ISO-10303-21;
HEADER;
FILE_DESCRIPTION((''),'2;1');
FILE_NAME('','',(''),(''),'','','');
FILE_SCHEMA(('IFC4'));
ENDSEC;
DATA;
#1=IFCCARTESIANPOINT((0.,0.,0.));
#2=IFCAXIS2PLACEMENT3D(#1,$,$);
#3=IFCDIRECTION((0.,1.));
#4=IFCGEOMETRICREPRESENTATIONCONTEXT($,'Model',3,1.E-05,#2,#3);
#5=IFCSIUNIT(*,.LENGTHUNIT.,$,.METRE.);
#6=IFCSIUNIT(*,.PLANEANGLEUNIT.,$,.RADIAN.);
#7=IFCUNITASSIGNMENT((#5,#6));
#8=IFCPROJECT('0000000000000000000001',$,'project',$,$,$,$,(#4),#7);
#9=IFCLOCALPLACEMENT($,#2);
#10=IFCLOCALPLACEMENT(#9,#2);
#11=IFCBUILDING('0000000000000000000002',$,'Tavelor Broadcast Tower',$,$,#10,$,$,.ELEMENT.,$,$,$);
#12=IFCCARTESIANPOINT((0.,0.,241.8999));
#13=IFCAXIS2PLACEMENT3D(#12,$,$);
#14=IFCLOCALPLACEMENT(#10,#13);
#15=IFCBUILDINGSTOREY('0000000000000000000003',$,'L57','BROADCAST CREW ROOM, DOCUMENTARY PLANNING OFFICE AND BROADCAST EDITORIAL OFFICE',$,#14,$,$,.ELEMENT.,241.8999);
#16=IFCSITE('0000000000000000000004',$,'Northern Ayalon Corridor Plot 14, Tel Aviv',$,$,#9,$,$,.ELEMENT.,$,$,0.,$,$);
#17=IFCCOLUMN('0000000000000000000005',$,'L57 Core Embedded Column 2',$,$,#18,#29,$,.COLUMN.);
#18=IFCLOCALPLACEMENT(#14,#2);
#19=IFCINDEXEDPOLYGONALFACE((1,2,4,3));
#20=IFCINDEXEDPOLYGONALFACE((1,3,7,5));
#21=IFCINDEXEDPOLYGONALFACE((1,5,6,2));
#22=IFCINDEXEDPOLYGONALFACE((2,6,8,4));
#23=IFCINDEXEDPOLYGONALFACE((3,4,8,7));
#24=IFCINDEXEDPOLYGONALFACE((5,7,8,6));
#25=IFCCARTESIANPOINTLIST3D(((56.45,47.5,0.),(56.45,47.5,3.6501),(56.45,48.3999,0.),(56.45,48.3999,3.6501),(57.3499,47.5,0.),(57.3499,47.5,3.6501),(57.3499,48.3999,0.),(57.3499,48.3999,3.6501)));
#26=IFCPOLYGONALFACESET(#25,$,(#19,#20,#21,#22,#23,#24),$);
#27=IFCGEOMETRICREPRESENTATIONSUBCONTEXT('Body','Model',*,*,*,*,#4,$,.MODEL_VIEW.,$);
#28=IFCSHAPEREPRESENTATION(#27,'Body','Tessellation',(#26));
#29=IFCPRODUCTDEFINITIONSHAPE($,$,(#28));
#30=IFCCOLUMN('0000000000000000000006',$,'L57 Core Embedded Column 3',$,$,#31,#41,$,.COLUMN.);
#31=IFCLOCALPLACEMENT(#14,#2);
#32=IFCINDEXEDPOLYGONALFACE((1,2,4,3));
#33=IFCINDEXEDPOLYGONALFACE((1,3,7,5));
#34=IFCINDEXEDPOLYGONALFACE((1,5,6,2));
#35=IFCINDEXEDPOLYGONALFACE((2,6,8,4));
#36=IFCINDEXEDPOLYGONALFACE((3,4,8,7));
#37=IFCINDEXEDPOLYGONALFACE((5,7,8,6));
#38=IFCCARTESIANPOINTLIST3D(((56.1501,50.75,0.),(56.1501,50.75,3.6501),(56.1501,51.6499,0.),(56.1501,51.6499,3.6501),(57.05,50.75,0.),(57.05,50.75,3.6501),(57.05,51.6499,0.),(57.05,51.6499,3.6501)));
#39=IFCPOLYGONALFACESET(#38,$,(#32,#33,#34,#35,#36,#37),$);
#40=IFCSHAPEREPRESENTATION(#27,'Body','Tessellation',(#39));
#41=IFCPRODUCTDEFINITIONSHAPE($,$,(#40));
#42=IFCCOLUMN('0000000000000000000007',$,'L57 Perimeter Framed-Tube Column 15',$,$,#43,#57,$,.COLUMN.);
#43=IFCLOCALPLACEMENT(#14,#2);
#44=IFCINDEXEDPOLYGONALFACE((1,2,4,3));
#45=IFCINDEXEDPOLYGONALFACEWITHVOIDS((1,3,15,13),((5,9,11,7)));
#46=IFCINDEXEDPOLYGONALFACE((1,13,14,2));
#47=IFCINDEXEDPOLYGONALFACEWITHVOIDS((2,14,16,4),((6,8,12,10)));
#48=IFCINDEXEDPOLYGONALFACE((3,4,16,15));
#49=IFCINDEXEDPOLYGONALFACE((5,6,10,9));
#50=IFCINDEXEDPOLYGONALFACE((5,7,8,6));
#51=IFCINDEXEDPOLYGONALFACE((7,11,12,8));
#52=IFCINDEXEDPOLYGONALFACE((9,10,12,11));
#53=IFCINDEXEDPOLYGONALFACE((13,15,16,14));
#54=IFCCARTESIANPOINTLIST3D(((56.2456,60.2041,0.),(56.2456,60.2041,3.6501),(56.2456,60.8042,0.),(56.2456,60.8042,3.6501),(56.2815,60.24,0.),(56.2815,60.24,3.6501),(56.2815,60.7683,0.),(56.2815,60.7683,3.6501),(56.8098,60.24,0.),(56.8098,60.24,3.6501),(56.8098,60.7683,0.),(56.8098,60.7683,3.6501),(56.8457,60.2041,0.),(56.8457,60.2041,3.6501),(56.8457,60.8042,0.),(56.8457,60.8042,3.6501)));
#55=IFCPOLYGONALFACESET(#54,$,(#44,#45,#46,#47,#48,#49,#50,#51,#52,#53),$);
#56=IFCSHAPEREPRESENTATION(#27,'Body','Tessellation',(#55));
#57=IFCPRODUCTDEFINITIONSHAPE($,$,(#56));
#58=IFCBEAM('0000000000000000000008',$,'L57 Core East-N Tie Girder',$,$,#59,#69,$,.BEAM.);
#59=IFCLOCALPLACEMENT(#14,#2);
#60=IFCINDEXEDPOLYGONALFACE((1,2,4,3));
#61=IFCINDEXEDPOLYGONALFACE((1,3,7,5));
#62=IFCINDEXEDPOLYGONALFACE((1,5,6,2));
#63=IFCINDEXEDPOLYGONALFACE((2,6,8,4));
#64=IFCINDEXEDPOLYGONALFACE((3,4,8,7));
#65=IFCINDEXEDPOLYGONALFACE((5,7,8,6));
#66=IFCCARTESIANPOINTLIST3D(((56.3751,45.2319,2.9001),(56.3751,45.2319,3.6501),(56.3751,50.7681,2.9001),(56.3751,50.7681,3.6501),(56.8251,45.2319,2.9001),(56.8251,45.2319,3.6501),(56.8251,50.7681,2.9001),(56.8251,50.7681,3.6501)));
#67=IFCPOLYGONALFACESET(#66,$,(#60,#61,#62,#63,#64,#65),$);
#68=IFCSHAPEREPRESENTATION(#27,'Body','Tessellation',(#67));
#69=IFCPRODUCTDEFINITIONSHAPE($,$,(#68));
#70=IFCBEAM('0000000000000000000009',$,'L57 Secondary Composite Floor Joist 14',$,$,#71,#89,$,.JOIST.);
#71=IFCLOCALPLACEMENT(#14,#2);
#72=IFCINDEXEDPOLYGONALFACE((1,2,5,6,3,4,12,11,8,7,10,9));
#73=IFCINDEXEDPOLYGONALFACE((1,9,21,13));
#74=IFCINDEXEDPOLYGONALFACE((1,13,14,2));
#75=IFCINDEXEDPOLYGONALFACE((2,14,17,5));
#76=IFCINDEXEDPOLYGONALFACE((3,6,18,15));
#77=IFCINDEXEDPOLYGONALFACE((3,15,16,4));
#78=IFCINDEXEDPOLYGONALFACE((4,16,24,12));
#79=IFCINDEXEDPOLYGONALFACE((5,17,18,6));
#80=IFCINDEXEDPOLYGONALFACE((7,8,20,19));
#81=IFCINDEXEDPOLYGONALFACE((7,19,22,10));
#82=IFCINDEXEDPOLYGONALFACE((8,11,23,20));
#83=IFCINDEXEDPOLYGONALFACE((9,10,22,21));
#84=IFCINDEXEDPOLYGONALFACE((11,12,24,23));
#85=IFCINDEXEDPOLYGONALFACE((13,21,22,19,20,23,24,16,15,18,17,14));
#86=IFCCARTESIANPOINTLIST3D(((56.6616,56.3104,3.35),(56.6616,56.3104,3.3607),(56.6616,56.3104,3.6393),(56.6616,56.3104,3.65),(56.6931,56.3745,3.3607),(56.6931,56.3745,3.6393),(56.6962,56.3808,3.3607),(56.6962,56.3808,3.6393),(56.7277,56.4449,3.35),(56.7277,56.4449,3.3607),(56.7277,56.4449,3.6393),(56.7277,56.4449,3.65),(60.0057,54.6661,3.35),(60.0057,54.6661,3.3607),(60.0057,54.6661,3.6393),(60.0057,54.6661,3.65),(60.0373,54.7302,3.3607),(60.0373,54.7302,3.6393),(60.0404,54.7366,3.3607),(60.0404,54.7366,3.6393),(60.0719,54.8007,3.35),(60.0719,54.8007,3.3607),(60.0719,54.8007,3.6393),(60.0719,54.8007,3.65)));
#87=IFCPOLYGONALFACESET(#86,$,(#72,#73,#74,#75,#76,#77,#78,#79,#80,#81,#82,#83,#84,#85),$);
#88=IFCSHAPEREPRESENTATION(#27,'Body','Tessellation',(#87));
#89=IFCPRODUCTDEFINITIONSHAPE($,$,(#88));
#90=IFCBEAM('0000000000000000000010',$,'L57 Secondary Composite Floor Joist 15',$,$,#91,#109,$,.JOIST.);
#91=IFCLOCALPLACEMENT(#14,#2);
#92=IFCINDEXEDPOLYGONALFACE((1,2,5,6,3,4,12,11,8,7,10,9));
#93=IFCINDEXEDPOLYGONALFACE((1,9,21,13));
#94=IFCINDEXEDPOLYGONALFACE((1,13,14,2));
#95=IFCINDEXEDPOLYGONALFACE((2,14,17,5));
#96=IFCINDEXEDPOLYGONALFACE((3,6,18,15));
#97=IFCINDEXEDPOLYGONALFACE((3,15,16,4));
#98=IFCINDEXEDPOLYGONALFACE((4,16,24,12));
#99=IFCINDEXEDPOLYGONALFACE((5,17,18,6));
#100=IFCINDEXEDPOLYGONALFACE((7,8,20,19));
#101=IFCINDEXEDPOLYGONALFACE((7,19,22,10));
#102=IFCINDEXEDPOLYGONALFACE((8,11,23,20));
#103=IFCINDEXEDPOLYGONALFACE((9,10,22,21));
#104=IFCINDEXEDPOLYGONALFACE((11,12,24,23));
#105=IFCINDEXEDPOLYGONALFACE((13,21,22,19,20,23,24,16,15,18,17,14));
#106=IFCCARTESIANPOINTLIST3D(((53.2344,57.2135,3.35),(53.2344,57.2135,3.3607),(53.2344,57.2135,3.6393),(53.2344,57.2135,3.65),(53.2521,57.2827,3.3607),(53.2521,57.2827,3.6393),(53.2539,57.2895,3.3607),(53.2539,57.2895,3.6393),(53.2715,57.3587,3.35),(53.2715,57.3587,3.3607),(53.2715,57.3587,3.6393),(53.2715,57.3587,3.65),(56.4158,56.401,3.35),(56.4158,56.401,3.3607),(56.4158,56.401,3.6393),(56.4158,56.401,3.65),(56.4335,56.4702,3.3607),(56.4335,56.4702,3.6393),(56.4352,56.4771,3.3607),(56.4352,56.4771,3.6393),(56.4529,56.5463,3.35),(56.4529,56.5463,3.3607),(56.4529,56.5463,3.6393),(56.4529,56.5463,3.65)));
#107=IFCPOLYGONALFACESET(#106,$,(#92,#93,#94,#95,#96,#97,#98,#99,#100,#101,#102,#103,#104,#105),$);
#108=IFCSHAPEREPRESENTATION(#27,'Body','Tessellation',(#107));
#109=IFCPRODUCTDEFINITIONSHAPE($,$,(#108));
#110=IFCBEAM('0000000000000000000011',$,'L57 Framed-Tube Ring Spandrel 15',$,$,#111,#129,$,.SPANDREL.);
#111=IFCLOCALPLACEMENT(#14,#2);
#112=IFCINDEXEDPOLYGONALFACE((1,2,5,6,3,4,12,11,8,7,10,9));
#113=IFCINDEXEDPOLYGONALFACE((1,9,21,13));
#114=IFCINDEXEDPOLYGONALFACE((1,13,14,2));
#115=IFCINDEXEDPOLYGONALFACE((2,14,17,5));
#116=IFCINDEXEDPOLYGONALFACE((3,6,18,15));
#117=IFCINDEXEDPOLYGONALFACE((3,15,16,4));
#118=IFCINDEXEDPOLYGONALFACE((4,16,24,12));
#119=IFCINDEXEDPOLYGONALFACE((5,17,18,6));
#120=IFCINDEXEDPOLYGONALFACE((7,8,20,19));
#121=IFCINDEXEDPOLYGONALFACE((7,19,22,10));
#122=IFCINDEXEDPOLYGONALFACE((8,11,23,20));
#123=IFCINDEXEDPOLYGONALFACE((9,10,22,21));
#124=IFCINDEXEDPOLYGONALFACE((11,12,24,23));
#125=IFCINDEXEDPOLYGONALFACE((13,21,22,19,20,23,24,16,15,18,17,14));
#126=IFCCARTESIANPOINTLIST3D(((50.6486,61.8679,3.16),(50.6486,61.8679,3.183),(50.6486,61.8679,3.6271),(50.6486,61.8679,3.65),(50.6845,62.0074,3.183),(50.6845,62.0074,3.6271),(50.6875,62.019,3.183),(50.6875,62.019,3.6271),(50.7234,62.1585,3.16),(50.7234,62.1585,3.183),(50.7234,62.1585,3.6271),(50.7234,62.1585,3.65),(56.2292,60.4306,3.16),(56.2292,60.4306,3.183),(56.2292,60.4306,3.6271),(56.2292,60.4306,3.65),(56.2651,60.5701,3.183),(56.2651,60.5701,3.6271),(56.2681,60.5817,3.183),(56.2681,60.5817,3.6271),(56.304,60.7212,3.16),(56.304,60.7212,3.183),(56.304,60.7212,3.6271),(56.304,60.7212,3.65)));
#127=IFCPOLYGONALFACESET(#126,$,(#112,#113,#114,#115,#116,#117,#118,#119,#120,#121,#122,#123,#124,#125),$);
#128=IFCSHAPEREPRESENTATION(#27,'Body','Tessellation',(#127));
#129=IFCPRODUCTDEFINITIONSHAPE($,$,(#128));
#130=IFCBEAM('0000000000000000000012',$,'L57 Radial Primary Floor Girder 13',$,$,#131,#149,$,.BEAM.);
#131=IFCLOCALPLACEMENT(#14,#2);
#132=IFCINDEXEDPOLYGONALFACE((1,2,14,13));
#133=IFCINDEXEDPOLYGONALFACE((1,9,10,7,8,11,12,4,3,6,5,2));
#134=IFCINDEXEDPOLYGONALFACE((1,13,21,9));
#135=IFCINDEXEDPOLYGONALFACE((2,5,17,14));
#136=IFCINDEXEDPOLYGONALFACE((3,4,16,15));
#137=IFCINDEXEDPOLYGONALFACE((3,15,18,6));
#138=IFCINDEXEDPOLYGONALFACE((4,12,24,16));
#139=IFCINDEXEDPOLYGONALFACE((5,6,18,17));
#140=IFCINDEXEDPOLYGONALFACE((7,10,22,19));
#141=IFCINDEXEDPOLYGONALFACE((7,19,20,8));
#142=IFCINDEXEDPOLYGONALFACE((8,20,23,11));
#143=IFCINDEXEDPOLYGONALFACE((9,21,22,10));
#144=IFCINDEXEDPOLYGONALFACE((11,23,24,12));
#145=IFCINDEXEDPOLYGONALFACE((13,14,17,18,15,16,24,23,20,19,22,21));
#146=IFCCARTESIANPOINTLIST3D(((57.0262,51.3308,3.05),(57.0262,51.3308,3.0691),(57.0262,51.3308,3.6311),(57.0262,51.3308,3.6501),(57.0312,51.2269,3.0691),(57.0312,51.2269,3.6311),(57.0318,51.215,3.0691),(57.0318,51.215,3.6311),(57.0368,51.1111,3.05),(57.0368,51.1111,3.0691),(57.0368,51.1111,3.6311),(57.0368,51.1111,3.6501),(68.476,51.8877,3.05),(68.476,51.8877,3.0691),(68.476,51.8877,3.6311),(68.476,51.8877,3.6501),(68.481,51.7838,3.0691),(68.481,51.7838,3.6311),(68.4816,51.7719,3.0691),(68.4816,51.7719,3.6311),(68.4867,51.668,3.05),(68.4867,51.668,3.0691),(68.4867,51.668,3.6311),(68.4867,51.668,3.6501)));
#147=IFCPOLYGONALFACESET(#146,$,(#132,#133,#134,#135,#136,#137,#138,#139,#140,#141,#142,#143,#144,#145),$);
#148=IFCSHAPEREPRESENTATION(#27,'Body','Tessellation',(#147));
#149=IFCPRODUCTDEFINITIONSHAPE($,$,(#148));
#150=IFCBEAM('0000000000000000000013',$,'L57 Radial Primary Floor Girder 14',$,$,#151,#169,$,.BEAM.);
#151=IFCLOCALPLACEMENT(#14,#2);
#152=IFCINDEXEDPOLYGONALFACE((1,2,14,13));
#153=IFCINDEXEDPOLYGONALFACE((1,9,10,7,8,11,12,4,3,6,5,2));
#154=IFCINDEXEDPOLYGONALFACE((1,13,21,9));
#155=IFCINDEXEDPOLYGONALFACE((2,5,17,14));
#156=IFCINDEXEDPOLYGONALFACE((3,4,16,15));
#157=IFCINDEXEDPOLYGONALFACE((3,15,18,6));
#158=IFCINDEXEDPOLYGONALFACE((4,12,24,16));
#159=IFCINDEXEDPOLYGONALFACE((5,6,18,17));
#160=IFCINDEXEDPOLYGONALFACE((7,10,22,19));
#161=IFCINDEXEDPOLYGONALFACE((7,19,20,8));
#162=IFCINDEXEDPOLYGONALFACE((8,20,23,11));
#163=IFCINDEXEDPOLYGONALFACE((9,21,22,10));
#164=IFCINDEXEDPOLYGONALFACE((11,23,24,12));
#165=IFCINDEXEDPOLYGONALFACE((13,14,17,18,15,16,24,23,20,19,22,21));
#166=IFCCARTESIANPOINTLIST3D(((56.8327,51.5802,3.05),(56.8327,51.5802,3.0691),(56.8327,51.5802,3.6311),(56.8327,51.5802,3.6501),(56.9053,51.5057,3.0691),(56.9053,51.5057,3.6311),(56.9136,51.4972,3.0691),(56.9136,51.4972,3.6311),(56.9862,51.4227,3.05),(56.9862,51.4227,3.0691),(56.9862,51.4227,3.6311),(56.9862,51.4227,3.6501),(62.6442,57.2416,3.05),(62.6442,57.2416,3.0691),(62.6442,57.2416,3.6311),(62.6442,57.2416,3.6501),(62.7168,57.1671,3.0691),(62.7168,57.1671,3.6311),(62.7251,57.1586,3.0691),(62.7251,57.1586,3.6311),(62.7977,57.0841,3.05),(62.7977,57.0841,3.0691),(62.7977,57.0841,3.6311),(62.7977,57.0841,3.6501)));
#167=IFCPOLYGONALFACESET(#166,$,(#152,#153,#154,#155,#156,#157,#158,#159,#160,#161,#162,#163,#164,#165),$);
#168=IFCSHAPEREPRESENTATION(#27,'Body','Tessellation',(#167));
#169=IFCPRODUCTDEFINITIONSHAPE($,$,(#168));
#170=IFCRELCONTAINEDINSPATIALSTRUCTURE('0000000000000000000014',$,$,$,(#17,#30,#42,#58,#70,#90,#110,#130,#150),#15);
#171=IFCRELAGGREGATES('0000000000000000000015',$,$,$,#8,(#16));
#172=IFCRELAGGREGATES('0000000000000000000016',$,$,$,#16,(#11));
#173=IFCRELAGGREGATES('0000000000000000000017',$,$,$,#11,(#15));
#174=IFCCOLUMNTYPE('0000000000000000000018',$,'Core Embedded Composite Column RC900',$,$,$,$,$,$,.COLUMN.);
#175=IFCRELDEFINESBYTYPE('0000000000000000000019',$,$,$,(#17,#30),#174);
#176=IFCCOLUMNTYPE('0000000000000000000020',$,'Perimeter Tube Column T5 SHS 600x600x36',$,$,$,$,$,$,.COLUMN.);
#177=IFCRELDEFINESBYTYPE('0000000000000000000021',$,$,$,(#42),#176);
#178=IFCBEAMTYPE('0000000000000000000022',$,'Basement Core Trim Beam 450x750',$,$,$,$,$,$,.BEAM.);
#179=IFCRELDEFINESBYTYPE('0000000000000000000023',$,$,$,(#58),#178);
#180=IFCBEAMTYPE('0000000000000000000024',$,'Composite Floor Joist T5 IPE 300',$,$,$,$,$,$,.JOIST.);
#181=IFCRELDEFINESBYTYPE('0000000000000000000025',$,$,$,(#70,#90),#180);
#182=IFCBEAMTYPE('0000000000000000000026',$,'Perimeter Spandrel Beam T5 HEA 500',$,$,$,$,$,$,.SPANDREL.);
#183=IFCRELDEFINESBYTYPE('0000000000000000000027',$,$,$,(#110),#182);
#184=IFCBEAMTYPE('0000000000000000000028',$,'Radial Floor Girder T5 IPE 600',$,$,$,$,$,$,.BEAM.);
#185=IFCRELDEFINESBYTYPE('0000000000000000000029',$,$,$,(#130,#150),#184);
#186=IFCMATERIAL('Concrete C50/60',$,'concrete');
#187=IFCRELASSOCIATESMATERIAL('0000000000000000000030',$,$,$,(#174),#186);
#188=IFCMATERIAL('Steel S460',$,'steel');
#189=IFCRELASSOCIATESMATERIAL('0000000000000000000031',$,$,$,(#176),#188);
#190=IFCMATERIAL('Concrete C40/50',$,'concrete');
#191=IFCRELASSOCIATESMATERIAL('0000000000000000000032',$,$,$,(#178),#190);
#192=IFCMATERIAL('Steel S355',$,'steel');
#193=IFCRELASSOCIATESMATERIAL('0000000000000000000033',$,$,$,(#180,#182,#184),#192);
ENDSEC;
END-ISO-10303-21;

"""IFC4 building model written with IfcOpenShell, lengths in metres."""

from ifc_helpers import new_model, si_unit, direction, frame, origin, origin_2d, place, context, subcontext, project, spatial, rectangle, hollow_rectangle, i_section, extrude, material, material_profile, profile_set, type_object, element, save


model = new_model("IFC4")

# Units and contexts
model_context = context("Model", 3, precision=1e-05, world=origin(), true_north=direction((0.0, 1.0)))
body_context = subcontext(model_context, "Body", "Model", "MODEL_VIEW")
ifc_project = project(units=[si_unit("LENGTHUNIT", "METRE"), si_unit("PLANEANGLEUNIT", "RADIAN")], contexts=[model_context])

# Site, building, storey
site_placement = place(None, origin())
site = spatial("IfcSite", under=ifc_project, at=site_placement, Name="Northern Ayalon Corridor Plot 14, Tel Aviv", CompositionType="ELEMENT", RefElevation=0.0)
building_placement = place(site_placement, origin())
building = spatial("IfcBuilding", under=site, at=building_placement, Name="Tavelor Broadcast Tower", CompositionType="ELEMENT")
storey_placement = place(building_placement, frame((0.0, 0.0, 241.8999)))
storey = spatial("IfcBuildingStorey", under=building, at=storey_placement, Name="L57", Description="BROADCAST CREW ROOM, DOCUMENTARY PLANNING OFFICE AND BROADCAST EDITORIAL OFFICE", CompositionType="ELEMENT", Elevation=241.8999)

# Columns
ifc_material_1 = material(Name="Concrete C50/60", Category="concrete")
ifc_material_profile_1 = material_profile(ifc_material_1, rectangle(XDim=0.8999, YDim=0.8999, at=origin_2d()), Name="RC 900x900")
ifc_profile_set_1 = profile_set([ifc_material_profile_1], Name="Concrete C50/60")
column_type_1 = type_object("IfcColumnType", Name="Core Embedded Composite Column RC900", PredefinedType="COLUMN", material=ifc_profile_set_1)
for number, where, z_axis, x_axis, name in (
    (1, (56.8999, 47.95, 0.0), (0.0, 0.0, 1.0), (1.0, 0.0, 0.0), "L57 Core Embedded Column 2"),
    (2, (56.6001, 51.2, 0.0), (0.0, 0.0, 1.0), (1.0, 0.0, 0.0), "L57 Core Embedded Column 3"),
):
    element("IfcColumn", number, at=place(storey_placement, frame(where, z_axis=z_axis, x_axis=x_axis)), inside=storey, type_object=column_type_1, Name=name, PredefinedType="COLUMN", context=body_context, shape_type="SweptSolid", body=[
        extrude(rectangle(XDim=0.8999, YDim=0.8999, at=origin_2d()), origin(), (0.0, 0.0, 1.0), 3.6501),
    ])
ifc_material_2 = material(Name="Steel S460", Category="steel")
ifc_material_profile_2 = material_profile(ifc_material_2, hollow_rectangle(XDim=0.6001, YDim=0.6001, WallThickness=0.0359, at=origin_2d()), Name="SHS 600x600x36")
ifc_profile_set_2 = profile_set([ifc_material_profile_2], Name="Steel S460")
column_type_2 = type_object("IfcColumnType", Name="Perimeter Tube Column T5 SHS 600x600x36", PredefinedType="COLUMN", material=ifc_profile_set_2)
column_placement = place(storey_placement, frame((56.5457, 60.5042, 0.0), z_axis=(0.0, 0.0, 1.0), x_axis=(1.0, 0.0, 0.0)))
element("IfcColumn", 3, at=column_placement, inside=storey, type_object=column_type_2, Name="L57 Perimeter Framed-Tube Column 15", PredefinedType="COLUMN", context=body_context, shape_type="SweptSolid", body=[
    extrude(hollow_rectangle(XDim=0.6001, YDim=0.6001, WallThickness=0.0359, at=origin_2d()), origin(), (0.0, 0.0, 1.0), 3.6501),
])

# Beams
ifc_material_3 = material(Name="Concrete C40/50", Category="concrete")
ifc_material_profile_3 = material_profile(ifc_material_3, rectangle(XDim=0.45, YDim=0.75, at=origin_2d()), Name="RC 450x750")
ifc_profile_set_3 = profile_set([ifc_material_profile_3], Name="Concrete C40/50")
beam_type_1 = type_object("IfcBeamType", Name="Basement Core Trim Beam 450x750", PredefinedType="BEAM", material=ifc_profile_set_3)
beam_1_placement = place(storey_placement, frame((56.6001, 45.2319, 3.2751), z_axis=(0.0, 1.0, 0.0), x_axis=(-1.0, 0.0, 0.0)))
element("IfcBeam", 4, at=beam_1_placement, inside=storey, type_object=beam_type_1, Name="L57 Core East-N Tie Girder", PredefinedType="BEAM", context=body_context, shape_type="SweptSolid", body=[
    extrude(rectangle(XDim=0.45, YDim=0.75, at=origin_2d()), origin(), (0.0, 0.0, 1.0), 5.5361),
])
ifc_material_4 = material(Name="Steel S355", Category="steel")
ifc_material_profile_4 = material_profile(ifc_material_4, i_section(OverallWidth=0.1499, OverallDepth=0.3, WebThickness=0.0071, FlangeThickness=0.0107, at=origin_2d()), Name="IPE 300")
ifc_profile_set_4 = profile_set([ifc_material_profile_4], Name="Steel S355")
beam_type_2 = type_object("IfcBeamType", Name="Composite Floor Joist T5 IPE 300", PredefinedType="JOIST", material=ifc_profile_set_4)
beam_2_placement = place(storey_placement, frame((60.0388, 54.7334, 3.5), z_axis=(-0.897395, 0.441229, 0.0), x_axis=(-0.441229, -0.897395, 0.0)))
element("IfcBeam", 5, at=beam_2_placement, inside=storey, type_object=beam_type_2, Name="L57 Secondary Composite Floor Joist 14", PredefinedType="JOIST", context=body_context, shape_type="SweptSolid", body=[
    extrude(i_section(OverallWidth=0.1499, OverallDepth=0.3, WebThickness=0.0071, FlangeThickness=0.0107, at=origin_2d()), origin(), (0.0, 0.0, 1.0), 3.7266),
])
beam_3_placement = place(storey_placement, frame((56.4343, 56.4736, 3.5), z_axis=(-0.968901, 0.247449, 0.0), x_axis=(-0.247449, -0.968901, 0.0)))
element("IfcBeam", 6, at=beam_3_placement, inside=storey, type_object=beam_type_2, Name="L57 Secondary Composite Floor Joist 15", PredefinedType="JOIST", context=body_context, shape_type="SweptSolid", body=[
    extrude(i_section(OverallWidth=0.1499, OverallDepth=0.3, WebThickness=0.0071, FlangeThickness=0.0107, at=origin_2d()), origin(), (0.0, 0.0, 1.0), 3.2834),
])
ifc_material_profile_5 = material_profile(ifc_material_4, i_section(OverallWidth=0.3, OverallDepth=0.49, WebThickness=0.012, FlangeThickness=0.0229, at=origin_2d()), Name="HEA 500")
ifc_profile_set_5 = profile_set([ifc_material_profile_5], Name="Steel S355")
beam_type_3 = type_object("IfcBeamType", Name="Perimeter Spandrel Beam T5 HEA 500", PredefinedType="SPANDREL", material=ifc_profile_set_5)
beam_4_placement = place(storey_placement, frame((56.2666, 60.5759, 3.405), z_axis=(-0.968399, 0.249408, 0.0), x_axis=(-0.249408, -0.968399, 0.0)))
element("IfcBeam", 7, at=beam_4_placement, inside=storey, type_object=beam_type_3, Name="L57 Framed-Tube Ring Spandrel 15", PredefinedType="SPANDREL", context=body_context, shape_type="SweptSolid", body=[
    extrude(i_section(OverallWidth=0.3, OverallDepth=0.49, WebThickness=0.012, FlangeThickness=0.0229, at=origin_2d()), origin(), (0.0, 0.0, 1.0), 5.7627),
])
ifc_material_profile_6 = material_profile(ifc_material_4, i_section(OverallWidth=0.22, OverallDepth=0.6001, WebThickness=0.012, FlangeThickness=0.019, at=origin_2d()), Name="IPE 600")
ifc_profile_set_6 = profile_set([ifc_material_profile_6], Name="Steel S355")
beam_type_4 = type_object("IfcBeamType", Name="Radial Floor Girder T5 IPE 600", PredefinedType="BEAM", material=ifc_profile_set_6)
beam_5_placement = place(storey_placement, frame((57.0315, 51.2209, 3.3501), z_axis=(0.998819, 0.048579, 0.0), x_axis=(-0.048579, 0.998819, 0.0)))
element("IfcBeam", 8, at=beam_5_placement, inside=storey, type_object=beam_type_4, Name="L57 Radial Primary Floor Girder 13", PredefinedType="BEAM", context=body_context, shape_type="SweptSolid", body=[
    extrude(i_section(OverallWidth=0.22, OverallDepth=0.6001, WebThickness=0.012, FlangeThickness=0.019, at=origin_2d()), origin(), (0.0, 0.0, 1.0), 11.4634),
])
beam_6_placement = place(storey_placement, frame((56.9094, 51.5015, 3.3501), z_axis=(0.716299, 0.697793, 0.0), x_axis=(-0.697793, 0.716299, 0.0)))
element("IfcBeam", 9, at=beam_6_placement, inside=storey, type_object=beam_type_4, Name="L57 Radial Primary Floor Girder 14", PredefinedType="BEAM", context=body_context, shape_type="SweptSolid", body=[
    extrude(i_section(OverallWidth=0.22, OverallDepth=0.6001, WebThickness=0.012, FlangeThickness=0.019, at=origin_2d()), origin(), (0.0, 0.0, 1.0), 8.1133),
])

save(model, "model.ifc")
